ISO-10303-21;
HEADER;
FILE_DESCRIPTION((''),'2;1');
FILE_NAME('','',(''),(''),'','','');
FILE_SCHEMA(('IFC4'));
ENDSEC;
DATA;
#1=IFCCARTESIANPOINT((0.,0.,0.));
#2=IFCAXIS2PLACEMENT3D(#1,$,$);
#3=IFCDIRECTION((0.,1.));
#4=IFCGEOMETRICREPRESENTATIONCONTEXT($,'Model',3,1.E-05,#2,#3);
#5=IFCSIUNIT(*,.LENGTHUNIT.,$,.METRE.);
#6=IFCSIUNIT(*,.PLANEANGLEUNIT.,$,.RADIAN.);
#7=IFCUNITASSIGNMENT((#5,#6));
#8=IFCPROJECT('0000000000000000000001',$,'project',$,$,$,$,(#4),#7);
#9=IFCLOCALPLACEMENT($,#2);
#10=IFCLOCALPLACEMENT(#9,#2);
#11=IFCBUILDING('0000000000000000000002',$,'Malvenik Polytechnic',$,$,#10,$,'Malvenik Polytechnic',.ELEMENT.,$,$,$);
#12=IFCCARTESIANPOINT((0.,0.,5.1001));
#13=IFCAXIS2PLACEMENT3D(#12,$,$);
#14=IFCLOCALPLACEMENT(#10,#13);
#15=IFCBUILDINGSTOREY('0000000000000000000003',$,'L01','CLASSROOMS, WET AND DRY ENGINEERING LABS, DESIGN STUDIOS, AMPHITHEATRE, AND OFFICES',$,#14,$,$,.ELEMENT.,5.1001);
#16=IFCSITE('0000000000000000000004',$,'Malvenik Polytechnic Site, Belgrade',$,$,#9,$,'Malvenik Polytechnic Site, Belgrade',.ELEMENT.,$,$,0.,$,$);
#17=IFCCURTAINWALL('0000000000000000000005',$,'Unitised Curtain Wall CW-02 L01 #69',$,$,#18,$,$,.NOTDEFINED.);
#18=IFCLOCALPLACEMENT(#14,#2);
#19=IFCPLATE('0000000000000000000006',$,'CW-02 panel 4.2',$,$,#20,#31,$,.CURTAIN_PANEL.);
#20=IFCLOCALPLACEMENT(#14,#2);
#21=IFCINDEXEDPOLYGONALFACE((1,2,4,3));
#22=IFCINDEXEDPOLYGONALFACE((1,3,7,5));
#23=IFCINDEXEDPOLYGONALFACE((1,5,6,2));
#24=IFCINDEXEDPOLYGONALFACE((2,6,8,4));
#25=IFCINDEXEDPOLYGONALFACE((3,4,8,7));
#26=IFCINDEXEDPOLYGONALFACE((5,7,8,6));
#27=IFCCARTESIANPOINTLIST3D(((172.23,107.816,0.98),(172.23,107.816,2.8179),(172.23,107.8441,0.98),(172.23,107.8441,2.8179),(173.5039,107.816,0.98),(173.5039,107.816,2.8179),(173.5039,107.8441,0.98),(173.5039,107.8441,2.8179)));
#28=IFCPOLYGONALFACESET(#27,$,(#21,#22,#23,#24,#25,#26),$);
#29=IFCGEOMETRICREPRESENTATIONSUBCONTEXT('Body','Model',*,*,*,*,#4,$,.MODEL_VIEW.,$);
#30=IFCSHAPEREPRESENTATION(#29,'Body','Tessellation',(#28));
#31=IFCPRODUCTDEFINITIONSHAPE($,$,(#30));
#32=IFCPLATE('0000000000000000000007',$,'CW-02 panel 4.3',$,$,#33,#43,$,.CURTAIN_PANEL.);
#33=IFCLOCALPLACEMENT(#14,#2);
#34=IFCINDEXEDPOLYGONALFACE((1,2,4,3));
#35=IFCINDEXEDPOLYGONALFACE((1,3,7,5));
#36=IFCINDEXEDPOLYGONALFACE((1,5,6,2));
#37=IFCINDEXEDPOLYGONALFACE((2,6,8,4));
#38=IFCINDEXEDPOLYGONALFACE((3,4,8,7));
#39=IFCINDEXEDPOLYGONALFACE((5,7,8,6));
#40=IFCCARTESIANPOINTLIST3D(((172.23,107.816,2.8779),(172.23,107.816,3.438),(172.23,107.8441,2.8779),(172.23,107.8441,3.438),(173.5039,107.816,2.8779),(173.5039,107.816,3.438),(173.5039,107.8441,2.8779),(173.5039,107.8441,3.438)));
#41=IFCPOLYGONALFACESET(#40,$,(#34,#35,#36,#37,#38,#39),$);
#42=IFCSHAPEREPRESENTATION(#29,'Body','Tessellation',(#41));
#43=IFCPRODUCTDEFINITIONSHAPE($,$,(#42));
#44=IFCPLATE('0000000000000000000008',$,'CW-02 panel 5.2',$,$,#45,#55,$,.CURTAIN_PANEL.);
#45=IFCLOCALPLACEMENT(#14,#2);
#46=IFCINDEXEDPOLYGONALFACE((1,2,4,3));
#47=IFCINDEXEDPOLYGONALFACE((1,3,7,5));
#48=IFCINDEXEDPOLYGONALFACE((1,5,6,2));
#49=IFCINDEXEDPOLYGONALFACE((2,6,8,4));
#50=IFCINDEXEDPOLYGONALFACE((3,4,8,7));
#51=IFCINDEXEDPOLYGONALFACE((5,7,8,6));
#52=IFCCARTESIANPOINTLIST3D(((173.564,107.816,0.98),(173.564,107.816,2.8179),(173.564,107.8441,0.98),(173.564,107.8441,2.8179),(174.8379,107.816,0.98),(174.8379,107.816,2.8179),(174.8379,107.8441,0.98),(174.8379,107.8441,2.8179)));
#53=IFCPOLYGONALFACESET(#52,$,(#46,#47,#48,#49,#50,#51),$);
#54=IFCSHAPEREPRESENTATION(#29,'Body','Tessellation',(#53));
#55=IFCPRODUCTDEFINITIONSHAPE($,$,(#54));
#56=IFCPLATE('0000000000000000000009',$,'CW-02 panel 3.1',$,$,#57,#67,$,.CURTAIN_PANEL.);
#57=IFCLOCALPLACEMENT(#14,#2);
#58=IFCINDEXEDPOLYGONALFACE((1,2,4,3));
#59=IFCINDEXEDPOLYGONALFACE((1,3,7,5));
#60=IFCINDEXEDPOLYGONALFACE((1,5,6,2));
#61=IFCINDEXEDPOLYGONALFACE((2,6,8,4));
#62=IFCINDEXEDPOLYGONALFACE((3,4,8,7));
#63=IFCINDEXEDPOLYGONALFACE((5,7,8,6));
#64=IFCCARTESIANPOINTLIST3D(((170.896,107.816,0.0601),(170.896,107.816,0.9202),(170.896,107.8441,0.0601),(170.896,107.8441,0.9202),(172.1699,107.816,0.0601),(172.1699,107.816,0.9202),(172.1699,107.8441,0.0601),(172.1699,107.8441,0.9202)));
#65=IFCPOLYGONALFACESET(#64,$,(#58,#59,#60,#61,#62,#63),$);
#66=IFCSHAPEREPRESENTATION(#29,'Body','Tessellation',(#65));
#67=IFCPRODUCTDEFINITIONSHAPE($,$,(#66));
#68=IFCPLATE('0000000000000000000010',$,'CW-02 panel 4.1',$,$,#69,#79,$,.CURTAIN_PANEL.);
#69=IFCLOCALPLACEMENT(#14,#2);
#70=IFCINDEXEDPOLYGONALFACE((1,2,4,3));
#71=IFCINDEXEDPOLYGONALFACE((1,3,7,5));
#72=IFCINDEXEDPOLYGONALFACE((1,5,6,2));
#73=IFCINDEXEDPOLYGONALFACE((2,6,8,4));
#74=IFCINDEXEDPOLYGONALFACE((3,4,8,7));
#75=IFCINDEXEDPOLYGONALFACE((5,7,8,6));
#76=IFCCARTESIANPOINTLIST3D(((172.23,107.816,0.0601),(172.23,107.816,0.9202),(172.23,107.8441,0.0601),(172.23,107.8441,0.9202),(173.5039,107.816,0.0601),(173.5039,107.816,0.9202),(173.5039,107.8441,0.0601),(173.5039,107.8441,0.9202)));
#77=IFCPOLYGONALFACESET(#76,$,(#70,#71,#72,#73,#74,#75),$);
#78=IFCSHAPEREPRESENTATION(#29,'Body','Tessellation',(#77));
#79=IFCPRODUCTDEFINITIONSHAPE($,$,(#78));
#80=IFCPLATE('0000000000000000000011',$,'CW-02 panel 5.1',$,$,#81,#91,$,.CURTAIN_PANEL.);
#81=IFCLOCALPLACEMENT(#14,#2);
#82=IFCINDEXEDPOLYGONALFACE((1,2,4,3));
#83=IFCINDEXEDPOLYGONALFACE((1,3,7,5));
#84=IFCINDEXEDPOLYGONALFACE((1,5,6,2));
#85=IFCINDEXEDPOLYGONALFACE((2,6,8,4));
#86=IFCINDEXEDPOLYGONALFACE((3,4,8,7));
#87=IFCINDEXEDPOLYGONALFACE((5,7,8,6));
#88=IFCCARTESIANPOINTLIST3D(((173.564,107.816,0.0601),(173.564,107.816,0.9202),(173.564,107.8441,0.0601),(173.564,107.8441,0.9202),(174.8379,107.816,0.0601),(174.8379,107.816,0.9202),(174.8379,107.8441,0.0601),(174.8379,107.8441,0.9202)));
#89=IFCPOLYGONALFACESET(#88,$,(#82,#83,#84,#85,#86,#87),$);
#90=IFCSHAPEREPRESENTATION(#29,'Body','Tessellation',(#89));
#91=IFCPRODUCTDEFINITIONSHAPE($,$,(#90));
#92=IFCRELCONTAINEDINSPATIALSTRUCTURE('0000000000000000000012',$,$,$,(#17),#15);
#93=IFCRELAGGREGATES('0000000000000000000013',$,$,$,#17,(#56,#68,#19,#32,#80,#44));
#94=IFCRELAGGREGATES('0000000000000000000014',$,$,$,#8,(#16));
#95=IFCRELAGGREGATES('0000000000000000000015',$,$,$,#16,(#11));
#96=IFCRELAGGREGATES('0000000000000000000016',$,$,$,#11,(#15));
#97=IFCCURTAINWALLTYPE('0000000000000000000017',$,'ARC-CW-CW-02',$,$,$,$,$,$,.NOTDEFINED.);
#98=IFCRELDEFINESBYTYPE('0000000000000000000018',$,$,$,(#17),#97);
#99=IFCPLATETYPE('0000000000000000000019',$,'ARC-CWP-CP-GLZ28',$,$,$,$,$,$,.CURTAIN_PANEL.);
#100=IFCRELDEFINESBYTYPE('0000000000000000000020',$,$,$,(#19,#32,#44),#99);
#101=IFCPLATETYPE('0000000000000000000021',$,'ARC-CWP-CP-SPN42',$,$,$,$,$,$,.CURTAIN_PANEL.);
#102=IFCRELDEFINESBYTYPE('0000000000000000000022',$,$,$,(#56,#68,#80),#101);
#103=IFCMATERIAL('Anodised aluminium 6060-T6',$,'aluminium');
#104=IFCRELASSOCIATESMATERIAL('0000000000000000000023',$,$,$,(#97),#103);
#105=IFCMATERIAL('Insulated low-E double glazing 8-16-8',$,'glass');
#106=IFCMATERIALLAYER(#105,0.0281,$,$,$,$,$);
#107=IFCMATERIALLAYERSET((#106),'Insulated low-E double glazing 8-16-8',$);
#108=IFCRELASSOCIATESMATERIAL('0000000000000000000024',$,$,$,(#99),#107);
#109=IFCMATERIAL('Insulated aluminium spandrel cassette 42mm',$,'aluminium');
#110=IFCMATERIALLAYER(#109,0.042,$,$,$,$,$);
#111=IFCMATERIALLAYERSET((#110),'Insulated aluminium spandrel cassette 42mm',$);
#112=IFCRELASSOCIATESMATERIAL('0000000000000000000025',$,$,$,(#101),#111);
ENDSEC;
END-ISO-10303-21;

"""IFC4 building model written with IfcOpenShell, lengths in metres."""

from ifc_helpers import new_model, si_unit, direction, frame, origin, origin_2d, place, context, subcontext, project, spatial, rectangle, extrude, material, layer, layer_set, type_object, element, aggregate, save


model = new_model("IFC4")

# Units and contexts
model_context = context("Model", 3, precision=1e-05, world=origin(), true_north=direction((0.0, 1.0)))
body_context = subcontext(model_context, "Body", "Model", "MODEL_VIEW")
ifc_project = project(units=[si_unit("LENGTHUNIT", "METRE"), si_unit("PLANEANGLEUNIT", "RADIAN")], contexts=[model_context])

# Site, building, storey
site_placement = place(None, origin())
site = spatial("IfcSite", under=ifc_project, at=site_placement, Name="Malvenik Polytechnic Site, Belgrade", LongName="Malvenik Polytechnic Site, Belgrade", CompositionType="ELEMENT", RefElevation=0.0)
building_placement = place(site_placement, origin())
building = spatial("IfcBuilding", under=site, at=building_placement, Name="Malvenik Polytechnic", LongName="Malvenik Polytechnic", CompositionType="ELEMENT")
storey_placement = place(building_placement, frame((0.0, 0.0, 5.1001)))
storey = spatial("IfcBuildingStorey", under=building, at=storey_placement, Name="L01", Description="CLASSROOMS, WET AND DRY ENGINEERING LABS, DESIGN STUDIOS, AMPHITHEATRE, AND OFFICES", CompositionType="ELEMENT", Elevation=5.1001)

# Curtain wall, plates
ifc_material_1 = material(Name="Anodised aluminium 6060-T6", Category="aluminium")
curtain_wall_type = type_object("IfcCurtainWallType", Name="ARC-CW-CW-02", PredefinedType="NOTDEFINED", material=ifc_material_1)
curtain_wall_placement = place(storey_placement, origin())
curtain_wall = element("IfcCurtainWall", 1, at=curtain_wall_placement, inside=storey, type_object=curtain_wall_type, Name="Unitised Curtain Wall CW-02 L01 #69", PredefinedType="NOTDEFINED")
ifc_material_2 = material(Name="Insulated low-E double glazing 8-16-8", Category="glass")
ifc_layer_1 = layer(ifc_material_2, 0.0281)
ifc_layer_set_1 = layer_set([ifc_layer_1], Name="Insulated low-E double glazing 8-16-8")
plate_type_1 = type_object("IfcPlateType", Name="ARC-CWP-CP-GLZ28", PredefinedType="CURTAIN_PANEL", material=ifc_layer_set_1)
plate_1_placement = place(storey_placement, frame((172.8669, 107.8301, 0.98), z_axis=(0.0, 0.0, 1.0), x_axis=(1.0, 0.0, 0.0)))
plate_1 = element("IfcPlate", 2, at=plate_1_placement, type_object=plate_type_1, Name="CW-02 panel 4.2", PredefinedType="CURTAIN_PANEL", context=body_context, shape_type="SweptSolid", body=[
    extrude(rectangle(XDim=1.2739, YDim=0.0281, at=origin_2d()), origin(), (0.0, 0.0, 1.0), 1.8379),
])
plate_2_placement = place(storey_placement, frame((172.8669, 107.8301, 2.8779), z_axis=(0.0, 0.0, 1.0), x_axis=(1.0, 0.0, 0.0)))
plate_2 = element("IfcPlate", 3, at=plate_2_placement, type_object=plate_type_1, Name="CW-02 panel 4.3", PredefinedType="CURTAIN_PANEL", context=body_context, shape_type="SweptSolid", body=[
    extrude(rectangle(XDim=1.2739, YDim=0.0281, at=origin_2d()), origin(), (0.0, 0.0, 1.0), 0.5601),
])
plate_3_placement = place(storey_placement, frame((174.2009, 107.8301, 0.98), z_axis=(0.0, 0.0, 1.0), x_axis=(1.0, 0.0, 0.0)))
plate_3 = element("IfcPlate", 4, at=plate_3_placement, type_object=plate_type_1, Name="CW-02 panel 5.2", PredefinedType="CURTAIN_PANEL", context=body_context, shape_type="SweptSolid", body=[
    extrude(rectangle(XDim=1.2739, YDim=0.0281, at=origin_2d()), origin(), (0.0, 0.0, 1.0), 1.8379),
])
ifc_material_3 = material(Name="Insulated aluminium spandrel cassette 42mm", Category="aluminium")
ifc_layer_2 = layer(ifc_material_3, 0.042)
ifc_layer_set_2 = layer_set([ifc_layer_2], Name="Insulated aluminium spandrel cassette 42mm")
plate_type_2 = type_object("IfcPlateType", Name="ARC-CWP-CP-SPN42", PredefinedType="CURTAIN_PANEL", material=ifc_layer_set_2)
plate_4_placement = place(storey_placement, frame((171.533, 107.8301, 0.0601), z_axis=(0.0, 0.0, 1.0), x_axis=(1.0, 0.0, 0.0)))
plate_4 = element("IfcPlate", 5, at=plate_4_placement, type_object=plate_type_2, Name="CW-02 panel 3.1", PredefinedType="CURTAIN_PANEL", context=body_context, shape_type="SweptSolid", body=[
    extrude(rectangle(XDim=1.2739, YDim=0.0281, at=origin_2d()), origin(), (0.0, 0.0, 1.0), 0.8601),
])
plate_5_placement = place(storey_placement, frame((172.8669, 107.8301, 0.0601), z_axis=(0.0, 0.0, 1.0), x_axis=(1.0, 0.0, 0.0)))
plate_5 = element("IfcPlate", 6, at=plate_5_placement, type_object=plate_type_2, Name="CW-02 panel 4.1", PredefinedType="CURTAIN_PANEL", context=body_context, shape_type="SweptSolid", body=[
    extrude(rectangle(XDim=1.2739, YDim=0.0281, at=origin_2d()), origin(), (0.0, 0.0, 1.0), 0.8601),
])
plate_6_placement = place(storey_placement, frame((174.2009, 107.8301, 0.0601), z_axis=(0.0, 0.0, 1.0), x_axis=(1.0, 0.0, 0.0)))
plate_6 = element("IfcPlate", 7, at=plate_6_placement, type_object=plate_type_2, Name="CW-02 panel 5.1", PredefinedType="CURTAIN_PANEL", context=body_context, shape_type="SweptSolid", body=[
    extrude(rectangle(XDim=1.2739, YDim=0.0281, at=origin_2d()), origin(), (0.0, 0.0, 1.0), 0.8601),
])
aggregate(curtain_wall, [plate_4, plate_5, plate_1, plate_2, plate_6, plate_3])

save(model, "model.ifc")
